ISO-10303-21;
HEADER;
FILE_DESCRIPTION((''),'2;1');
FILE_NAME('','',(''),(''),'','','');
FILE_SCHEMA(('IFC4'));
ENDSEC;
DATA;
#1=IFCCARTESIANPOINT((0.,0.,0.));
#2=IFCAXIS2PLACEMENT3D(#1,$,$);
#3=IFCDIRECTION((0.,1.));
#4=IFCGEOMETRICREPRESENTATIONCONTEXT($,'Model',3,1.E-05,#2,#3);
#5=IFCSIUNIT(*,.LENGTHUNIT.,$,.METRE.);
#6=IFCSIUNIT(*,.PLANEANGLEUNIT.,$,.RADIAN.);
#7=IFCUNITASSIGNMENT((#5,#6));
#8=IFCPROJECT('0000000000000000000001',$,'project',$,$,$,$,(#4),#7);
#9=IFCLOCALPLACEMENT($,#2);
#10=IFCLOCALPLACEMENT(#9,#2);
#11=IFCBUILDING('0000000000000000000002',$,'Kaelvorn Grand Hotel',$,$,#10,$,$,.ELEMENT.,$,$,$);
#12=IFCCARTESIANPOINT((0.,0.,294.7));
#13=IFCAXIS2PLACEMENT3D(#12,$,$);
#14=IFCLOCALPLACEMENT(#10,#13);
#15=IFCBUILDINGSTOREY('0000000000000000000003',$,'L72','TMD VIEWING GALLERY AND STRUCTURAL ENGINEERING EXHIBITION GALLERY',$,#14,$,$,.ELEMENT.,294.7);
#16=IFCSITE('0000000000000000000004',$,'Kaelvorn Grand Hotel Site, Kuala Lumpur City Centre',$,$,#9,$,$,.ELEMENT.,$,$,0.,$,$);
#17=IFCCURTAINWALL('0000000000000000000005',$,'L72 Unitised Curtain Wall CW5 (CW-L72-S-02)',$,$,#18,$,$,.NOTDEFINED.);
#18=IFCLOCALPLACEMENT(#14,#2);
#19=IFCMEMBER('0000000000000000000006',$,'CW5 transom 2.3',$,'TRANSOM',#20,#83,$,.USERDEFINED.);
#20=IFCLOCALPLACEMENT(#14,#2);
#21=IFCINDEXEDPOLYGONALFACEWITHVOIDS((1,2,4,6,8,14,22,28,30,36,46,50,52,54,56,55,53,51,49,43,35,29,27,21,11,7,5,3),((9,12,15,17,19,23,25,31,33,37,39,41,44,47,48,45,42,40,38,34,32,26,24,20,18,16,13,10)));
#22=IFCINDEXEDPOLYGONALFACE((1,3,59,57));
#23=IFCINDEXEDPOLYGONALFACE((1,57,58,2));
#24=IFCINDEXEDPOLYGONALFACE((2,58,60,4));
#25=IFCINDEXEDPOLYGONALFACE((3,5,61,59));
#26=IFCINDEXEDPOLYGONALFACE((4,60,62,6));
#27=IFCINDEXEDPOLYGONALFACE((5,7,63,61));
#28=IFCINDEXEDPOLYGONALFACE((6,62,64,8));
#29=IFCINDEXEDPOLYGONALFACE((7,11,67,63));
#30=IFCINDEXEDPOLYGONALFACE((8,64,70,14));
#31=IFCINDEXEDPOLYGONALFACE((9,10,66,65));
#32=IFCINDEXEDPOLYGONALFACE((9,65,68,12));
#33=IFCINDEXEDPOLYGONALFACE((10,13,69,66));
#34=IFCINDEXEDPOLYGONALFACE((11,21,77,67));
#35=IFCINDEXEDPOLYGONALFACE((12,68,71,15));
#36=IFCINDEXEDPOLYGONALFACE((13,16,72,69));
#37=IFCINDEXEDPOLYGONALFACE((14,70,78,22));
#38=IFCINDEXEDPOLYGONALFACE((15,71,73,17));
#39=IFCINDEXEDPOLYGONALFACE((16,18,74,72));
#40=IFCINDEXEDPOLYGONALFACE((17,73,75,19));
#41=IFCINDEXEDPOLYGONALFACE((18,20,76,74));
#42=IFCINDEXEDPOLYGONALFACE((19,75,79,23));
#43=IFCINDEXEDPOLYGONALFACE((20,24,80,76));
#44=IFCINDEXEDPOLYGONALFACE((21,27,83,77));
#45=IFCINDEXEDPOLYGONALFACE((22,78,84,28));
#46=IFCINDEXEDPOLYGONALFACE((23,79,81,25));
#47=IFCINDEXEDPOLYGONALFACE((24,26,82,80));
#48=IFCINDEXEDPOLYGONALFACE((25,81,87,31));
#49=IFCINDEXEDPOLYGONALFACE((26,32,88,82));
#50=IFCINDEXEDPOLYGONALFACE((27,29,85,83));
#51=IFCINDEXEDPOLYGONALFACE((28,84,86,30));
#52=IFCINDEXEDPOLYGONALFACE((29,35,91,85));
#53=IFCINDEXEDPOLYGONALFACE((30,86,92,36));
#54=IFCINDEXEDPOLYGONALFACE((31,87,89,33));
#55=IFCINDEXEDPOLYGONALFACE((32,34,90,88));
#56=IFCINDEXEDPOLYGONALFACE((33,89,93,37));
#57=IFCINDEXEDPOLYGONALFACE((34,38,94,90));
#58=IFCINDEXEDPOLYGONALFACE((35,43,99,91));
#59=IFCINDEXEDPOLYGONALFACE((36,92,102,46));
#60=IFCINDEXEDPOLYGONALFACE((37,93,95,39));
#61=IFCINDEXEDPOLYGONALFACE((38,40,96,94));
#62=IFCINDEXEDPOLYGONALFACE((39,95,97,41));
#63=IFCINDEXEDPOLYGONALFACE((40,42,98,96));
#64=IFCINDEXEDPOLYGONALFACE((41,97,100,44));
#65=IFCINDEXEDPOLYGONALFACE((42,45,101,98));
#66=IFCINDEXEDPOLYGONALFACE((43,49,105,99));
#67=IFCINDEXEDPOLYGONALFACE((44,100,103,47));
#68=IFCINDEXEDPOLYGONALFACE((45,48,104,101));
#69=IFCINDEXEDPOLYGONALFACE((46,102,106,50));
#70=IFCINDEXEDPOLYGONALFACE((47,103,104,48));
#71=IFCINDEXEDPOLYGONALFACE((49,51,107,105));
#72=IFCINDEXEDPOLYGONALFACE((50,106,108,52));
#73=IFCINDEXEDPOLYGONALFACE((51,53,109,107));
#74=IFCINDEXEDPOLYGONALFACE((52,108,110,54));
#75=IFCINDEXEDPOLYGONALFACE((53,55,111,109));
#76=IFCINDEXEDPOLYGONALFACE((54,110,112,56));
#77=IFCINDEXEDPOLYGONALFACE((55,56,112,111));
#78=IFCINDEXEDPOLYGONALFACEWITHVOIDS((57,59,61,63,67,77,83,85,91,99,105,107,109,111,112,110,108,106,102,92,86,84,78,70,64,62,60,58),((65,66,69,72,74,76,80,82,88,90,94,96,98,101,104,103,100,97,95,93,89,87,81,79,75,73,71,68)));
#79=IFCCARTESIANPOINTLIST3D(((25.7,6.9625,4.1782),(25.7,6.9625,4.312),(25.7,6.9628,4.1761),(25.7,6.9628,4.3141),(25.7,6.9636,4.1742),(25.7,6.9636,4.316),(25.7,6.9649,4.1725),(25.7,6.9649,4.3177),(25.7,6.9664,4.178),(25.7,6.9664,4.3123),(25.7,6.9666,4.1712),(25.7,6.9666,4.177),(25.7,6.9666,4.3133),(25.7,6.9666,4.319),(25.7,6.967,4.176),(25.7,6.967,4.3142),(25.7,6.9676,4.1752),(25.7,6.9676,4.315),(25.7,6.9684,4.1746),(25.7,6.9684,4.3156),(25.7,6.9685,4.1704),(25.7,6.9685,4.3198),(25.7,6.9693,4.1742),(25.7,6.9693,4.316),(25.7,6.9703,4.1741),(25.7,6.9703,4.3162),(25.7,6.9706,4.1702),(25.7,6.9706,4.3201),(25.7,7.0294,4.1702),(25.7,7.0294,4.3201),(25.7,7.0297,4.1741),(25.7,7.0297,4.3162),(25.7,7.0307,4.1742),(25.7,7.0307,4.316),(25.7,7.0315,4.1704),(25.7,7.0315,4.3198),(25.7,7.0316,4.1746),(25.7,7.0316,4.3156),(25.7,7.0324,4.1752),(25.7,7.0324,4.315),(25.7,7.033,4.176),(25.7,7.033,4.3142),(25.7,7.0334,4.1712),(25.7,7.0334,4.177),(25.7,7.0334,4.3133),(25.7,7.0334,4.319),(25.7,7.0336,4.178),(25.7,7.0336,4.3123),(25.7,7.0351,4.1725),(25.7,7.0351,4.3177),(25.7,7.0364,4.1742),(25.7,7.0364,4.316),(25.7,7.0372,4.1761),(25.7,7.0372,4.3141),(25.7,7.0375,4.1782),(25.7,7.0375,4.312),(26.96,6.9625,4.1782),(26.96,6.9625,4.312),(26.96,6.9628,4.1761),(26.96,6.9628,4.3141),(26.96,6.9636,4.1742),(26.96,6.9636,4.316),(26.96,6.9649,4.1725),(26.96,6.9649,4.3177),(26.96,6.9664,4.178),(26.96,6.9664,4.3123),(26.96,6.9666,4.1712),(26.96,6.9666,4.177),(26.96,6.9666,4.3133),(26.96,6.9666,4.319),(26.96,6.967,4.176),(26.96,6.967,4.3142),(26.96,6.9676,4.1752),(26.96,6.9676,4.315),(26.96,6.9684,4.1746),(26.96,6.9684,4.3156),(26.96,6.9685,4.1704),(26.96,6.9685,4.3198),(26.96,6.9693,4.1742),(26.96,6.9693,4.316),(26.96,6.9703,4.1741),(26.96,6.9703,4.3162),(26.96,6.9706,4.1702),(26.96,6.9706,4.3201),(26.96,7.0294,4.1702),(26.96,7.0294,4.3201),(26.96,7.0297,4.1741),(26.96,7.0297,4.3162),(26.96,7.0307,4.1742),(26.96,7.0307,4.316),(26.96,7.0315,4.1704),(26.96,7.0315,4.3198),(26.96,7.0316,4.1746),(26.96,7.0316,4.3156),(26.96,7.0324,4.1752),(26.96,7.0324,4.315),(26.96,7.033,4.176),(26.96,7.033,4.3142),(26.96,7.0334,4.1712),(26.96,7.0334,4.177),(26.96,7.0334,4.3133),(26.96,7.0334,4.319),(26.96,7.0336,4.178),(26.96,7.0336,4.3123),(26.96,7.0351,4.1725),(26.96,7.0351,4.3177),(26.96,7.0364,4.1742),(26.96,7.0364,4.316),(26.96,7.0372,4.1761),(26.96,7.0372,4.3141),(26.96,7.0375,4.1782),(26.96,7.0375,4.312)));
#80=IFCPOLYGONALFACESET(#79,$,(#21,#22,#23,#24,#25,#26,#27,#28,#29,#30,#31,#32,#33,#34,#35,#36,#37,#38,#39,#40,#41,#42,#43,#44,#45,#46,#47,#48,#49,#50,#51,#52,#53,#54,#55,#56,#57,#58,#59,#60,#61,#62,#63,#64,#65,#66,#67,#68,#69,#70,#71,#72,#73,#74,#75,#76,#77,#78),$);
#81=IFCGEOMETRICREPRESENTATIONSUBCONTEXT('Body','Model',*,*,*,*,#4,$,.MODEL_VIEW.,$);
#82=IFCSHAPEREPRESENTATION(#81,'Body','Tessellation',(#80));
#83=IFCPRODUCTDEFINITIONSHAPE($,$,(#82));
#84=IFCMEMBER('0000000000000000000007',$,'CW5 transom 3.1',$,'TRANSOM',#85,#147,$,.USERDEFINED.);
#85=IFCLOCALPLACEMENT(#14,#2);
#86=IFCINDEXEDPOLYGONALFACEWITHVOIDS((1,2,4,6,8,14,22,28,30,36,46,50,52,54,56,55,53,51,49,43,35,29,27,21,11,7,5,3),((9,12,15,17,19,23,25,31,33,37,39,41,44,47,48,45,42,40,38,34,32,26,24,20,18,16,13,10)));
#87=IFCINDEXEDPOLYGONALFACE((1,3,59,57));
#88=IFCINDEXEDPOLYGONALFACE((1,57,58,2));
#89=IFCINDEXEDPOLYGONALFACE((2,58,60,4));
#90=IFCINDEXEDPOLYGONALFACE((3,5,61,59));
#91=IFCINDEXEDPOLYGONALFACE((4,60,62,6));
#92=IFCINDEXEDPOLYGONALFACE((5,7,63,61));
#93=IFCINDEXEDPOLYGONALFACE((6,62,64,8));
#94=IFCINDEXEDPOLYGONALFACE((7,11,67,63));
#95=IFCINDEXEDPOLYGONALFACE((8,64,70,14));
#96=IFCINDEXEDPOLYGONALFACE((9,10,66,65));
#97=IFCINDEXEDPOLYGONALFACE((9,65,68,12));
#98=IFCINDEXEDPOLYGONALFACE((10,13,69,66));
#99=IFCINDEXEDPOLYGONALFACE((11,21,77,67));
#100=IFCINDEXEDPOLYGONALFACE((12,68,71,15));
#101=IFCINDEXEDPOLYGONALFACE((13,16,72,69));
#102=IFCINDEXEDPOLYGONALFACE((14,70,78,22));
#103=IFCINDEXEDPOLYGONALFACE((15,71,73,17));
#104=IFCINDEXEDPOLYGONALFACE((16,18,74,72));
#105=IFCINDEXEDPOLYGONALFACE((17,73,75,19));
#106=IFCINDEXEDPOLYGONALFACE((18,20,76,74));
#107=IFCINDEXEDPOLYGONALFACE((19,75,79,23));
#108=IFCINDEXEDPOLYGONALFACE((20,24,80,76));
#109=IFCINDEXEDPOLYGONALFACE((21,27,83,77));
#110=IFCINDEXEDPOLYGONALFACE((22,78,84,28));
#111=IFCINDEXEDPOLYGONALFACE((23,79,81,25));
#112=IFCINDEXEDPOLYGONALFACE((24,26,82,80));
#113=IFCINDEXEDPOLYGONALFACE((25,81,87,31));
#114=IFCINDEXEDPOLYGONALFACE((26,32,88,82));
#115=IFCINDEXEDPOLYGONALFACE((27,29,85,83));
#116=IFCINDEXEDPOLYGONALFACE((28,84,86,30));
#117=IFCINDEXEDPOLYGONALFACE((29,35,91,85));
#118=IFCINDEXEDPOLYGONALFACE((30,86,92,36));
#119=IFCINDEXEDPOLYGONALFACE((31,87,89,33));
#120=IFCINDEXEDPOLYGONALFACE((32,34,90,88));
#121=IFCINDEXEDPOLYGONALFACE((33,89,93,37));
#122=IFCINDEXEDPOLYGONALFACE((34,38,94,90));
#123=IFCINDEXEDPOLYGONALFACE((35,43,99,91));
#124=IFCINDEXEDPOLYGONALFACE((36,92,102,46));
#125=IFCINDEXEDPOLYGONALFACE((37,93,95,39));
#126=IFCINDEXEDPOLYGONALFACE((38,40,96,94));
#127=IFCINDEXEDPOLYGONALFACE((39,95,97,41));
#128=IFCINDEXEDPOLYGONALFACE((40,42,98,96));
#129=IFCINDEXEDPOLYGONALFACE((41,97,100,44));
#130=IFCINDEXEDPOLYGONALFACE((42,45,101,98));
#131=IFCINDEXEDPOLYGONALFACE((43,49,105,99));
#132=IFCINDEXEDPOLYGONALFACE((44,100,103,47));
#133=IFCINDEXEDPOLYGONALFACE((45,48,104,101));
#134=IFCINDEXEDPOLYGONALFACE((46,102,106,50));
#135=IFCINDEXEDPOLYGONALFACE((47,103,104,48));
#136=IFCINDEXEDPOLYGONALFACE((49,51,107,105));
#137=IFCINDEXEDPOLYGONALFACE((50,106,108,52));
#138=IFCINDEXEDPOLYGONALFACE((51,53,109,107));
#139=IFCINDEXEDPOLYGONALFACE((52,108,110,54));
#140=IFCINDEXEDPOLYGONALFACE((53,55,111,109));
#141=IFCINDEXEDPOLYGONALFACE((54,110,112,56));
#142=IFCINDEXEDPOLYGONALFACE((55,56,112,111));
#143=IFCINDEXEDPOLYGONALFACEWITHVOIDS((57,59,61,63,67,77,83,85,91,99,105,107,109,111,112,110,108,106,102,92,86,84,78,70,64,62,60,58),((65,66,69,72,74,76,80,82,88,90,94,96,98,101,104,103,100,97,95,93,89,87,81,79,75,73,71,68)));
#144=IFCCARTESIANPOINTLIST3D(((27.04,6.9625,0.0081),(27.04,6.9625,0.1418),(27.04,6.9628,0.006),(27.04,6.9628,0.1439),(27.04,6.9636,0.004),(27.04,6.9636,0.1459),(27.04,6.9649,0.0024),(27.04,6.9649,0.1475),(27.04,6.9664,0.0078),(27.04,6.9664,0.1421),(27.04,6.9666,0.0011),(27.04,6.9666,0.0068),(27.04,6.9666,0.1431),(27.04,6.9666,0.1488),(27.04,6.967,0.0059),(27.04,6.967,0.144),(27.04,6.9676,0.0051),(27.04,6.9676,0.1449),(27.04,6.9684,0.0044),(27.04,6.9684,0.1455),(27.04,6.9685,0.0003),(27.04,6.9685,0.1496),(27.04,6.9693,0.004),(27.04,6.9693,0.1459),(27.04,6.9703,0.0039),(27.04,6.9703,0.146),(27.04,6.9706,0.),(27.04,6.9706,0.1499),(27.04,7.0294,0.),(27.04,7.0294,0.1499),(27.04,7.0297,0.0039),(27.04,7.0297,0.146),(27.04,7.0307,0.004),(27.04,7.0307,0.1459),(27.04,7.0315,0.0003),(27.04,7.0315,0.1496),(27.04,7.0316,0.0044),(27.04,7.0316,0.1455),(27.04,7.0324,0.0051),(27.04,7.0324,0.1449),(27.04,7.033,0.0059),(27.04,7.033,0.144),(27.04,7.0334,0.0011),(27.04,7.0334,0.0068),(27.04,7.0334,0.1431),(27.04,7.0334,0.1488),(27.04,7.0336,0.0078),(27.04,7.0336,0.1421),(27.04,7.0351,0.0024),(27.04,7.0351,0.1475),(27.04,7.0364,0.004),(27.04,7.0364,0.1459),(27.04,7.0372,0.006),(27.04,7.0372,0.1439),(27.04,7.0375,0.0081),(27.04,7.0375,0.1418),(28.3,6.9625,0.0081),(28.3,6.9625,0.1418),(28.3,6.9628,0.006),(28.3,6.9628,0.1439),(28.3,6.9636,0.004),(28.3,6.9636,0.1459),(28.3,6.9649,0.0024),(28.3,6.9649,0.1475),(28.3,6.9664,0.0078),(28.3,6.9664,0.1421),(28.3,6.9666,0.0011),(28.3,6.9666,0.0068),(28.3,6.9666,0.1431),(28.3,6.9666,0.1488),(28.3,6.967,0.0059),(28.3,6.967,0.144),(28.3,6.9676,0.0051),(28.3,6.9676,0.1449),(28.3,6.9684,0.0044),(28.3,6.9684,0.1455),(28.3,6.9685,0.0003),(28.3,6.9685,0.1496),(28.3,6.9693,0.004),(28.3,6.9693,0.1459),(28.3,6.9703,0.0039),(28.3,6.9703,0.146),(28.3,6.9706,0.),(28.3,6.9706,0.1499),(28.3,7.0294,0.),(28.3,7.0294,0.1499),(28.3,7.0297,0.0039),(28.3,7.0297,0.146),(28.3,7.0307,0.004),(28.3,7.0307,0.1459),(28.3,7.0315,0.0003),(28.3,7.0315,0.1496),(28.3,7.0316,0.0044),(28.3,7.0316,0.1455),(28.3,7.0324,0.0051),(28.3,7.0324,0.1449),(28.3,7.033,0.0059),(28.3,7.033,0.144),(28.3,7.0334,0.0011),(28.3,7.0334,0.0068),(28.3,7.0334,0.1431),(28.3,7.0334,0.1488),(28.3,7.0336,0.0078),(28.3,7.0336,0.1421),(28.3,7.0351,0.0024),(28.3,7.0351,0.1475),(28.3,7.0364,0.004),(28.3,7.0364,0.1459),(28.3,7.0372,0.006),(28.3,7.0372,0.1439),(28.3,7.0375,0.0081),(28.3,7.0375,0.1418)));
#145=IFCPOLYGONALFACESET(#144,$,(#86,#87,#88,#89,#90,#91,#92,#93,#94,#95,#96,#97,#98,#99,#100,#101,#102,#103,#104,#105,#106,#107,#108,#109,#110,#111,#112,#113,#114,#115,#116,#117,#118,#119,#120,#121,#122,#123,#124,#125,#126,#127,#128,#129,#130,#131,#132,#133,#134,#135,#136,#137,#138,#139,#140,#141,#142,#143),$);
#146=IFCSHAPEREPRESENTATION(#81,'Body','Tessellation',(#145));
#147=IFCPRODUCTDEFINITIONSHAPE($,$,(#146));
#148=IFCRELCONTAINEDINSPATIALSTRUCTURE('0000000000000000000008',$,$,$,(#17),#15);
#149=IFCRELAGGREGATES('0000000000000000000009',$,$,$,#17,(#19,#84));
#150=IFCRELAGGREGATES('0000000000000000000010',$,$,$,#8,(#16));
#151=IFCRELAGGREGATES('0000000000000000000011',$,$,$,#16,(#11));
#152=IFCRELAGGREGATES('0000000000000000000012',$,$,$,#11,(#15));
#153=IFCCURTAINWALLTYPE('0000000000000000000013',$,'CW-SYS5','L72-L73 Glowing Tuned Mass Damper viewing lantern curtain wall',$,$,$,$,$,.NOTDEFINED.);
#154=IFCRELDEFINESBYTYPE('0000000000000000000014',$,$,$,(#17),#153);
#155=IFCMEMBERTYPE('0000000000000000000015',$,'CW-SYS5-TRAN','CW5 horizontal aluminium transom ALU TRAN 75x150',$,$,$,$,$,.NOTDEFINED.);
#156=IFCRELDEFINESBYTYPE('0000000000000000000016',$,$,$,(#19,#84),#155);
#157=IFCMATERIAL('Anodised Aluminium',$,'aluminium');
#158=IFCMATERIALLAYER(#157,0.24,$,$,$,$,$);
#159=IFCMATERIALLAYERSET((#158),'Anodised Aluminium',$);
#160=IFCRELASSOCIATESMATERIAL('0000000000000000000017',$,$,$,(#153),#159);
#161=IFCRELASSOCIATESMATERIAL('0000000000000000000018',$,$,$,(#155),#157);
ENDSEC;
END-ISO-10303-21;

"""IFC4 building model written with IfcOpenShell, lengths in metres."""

from ifc_helpers import new_model, si_unit, direction, frame, origin, origin_2d, place, context, subcontext, project, spatial, hollow_rectangle, extrude, material, layer, layer_set, material_profile, profile_set, type_object, element, aggregate, save


model = new_model("IFC4")

# Units and contexts
model_context = context("Model", 3, precision=1e-05, world=origin(), true_north=direction((0.0, 1.0)))
body_context = subcontext(model_context, "Body", "Model", "MODEL_VIEW")
ifc_project = project(units=[si_unit("LENGTHUNIT", "METRE"), si_unit("PLANEANGLEUNIT", "RADIAN")], contexts=[model_context])

# Site, building, storey
site_placement = place(None, origin())
site = spatial("IfcSite", under=ifc_project, at=site_placement, Name="Kaelvorn Grand Hotel Site, Kuala Lumpur City Centre", CompositionType="ELEMENT", RefElevation=0.0)
building_placement = place(site_placement, origin())
building = spatial("IfcBuilding", under=site, at=building_placement, Name="Kaelvorn Grand Hotel", CompositionType="ELEMENT")
storey_placement = place(building_placement, frame((0.0, 0.0, 294.7)))
storey = spatial("IfcBuildingStorey", under=building, at=storey_placement, Name="L72", Description="TMD VIEWING GALLERY AND STRUCTURAL ENGINEERING EXHIBITION GALLERY", CompositionType="ELEMENT", Elevation=294.7)

# Curtain wall, members
ifc_material_1 = material(Name="Anodised Aluminium", Category="aluminium")
ifc_layer_1 = layer(ifc_material_1, 0.24)
ifc_layer_set_1 = layer_set([ifc_layer_1], Name="Anodised Aluminium")
curtain_wall_type = type_object("IfcCurtainWallType", Name="CW-SYS5", Description="L72-L73 Glowing Tuned Mass Damper viewing lantern curtain wall", PredefinedType="NOTDEFINED", material=ifc_layer_set_1)
curtain_wall_placement = place(storey_placement, origin())
curtain_wall = element("IfcCurtainWall", 1, at=curtain_wall_placement, inside=storey, type_object=curtain_wall_type, Name="L72 Unitised Curtain Wall CW5 (CW-L72-S-02)", PredefinedType="NOTDEFINED")
ifc_material_profile_1 = material_profile(ifc_material_1, hollow_rectangle(XDim=0.075, YDim=0.1499, WallThickness=0.0039, InnerFilletRadius=0.0039, OuterFilletRadius=0.0081, at=origin_2d()), Name="ALU TRAN 75x150")
ifc_profile_set_1 = profile_set([ifc_material_profile_1], Name="Anodised Aluminium")
member_type_1 = type_object("IfcMemberType", Name="CW-SYS5-TRAN", Description="CW5 horizontal aluminium transom ALU TRAN 75x150", PredefinedType="NOTDEFINED", material=ifc_profile_set_1)
member_1_placement = place(storey_placement, frame((25.7, 7.0, 4.2451), z_axis=(1.0, 0.0, 0.0), x_axis=(0.0, 1.0, 0.0)))
member_1 = element("IfcMember", 2, at=member_1_placement, type_object=member_type_1, Name="CW5 transom 2.3", ObjectType="TRANSOM", PredefinedType="USERDEFINED", context=body_context, shape_type="SweptSolid", body=[
    extrude(hollow_rectangle(XDim=0.075, YDim=0.1499, WallThickness=0.0039, InnerFilletRadius=0.0039, OuterFilletRadius=0.0081, at=origin_2d()), origin(), (0.0, 0.0, 1.0), 1.26),
])
member_2_placement = place(storey_placement, frame((27.04, 7.0, 0.075), z_axis=(1.0, 0.0, 0.0), x_axis=(0.0, 1.0, 0.0)))
member_2 = element("IfcMember", 3, at=member_2_placement, type_object=member_type_1, Name="CW5 transom 3.1", ObjectType="TRANSOM", PredefinedType="USERDEFINED", context=body_context, shape_type="SweptSolid", body=[
    extrude(hollow_rectangle(XDim=0.075, YDim=0.1499, WallThickness=0.0039, InnerFilletRadius=0.0039, OuterFilletRadius=0.0081, at=origin_2d()), origin(), (0.0, 0.0, 1.0), 1.26),
])
aggregate(curtain_wall, [member_1, member_2])

save(model, "model.ifc")
